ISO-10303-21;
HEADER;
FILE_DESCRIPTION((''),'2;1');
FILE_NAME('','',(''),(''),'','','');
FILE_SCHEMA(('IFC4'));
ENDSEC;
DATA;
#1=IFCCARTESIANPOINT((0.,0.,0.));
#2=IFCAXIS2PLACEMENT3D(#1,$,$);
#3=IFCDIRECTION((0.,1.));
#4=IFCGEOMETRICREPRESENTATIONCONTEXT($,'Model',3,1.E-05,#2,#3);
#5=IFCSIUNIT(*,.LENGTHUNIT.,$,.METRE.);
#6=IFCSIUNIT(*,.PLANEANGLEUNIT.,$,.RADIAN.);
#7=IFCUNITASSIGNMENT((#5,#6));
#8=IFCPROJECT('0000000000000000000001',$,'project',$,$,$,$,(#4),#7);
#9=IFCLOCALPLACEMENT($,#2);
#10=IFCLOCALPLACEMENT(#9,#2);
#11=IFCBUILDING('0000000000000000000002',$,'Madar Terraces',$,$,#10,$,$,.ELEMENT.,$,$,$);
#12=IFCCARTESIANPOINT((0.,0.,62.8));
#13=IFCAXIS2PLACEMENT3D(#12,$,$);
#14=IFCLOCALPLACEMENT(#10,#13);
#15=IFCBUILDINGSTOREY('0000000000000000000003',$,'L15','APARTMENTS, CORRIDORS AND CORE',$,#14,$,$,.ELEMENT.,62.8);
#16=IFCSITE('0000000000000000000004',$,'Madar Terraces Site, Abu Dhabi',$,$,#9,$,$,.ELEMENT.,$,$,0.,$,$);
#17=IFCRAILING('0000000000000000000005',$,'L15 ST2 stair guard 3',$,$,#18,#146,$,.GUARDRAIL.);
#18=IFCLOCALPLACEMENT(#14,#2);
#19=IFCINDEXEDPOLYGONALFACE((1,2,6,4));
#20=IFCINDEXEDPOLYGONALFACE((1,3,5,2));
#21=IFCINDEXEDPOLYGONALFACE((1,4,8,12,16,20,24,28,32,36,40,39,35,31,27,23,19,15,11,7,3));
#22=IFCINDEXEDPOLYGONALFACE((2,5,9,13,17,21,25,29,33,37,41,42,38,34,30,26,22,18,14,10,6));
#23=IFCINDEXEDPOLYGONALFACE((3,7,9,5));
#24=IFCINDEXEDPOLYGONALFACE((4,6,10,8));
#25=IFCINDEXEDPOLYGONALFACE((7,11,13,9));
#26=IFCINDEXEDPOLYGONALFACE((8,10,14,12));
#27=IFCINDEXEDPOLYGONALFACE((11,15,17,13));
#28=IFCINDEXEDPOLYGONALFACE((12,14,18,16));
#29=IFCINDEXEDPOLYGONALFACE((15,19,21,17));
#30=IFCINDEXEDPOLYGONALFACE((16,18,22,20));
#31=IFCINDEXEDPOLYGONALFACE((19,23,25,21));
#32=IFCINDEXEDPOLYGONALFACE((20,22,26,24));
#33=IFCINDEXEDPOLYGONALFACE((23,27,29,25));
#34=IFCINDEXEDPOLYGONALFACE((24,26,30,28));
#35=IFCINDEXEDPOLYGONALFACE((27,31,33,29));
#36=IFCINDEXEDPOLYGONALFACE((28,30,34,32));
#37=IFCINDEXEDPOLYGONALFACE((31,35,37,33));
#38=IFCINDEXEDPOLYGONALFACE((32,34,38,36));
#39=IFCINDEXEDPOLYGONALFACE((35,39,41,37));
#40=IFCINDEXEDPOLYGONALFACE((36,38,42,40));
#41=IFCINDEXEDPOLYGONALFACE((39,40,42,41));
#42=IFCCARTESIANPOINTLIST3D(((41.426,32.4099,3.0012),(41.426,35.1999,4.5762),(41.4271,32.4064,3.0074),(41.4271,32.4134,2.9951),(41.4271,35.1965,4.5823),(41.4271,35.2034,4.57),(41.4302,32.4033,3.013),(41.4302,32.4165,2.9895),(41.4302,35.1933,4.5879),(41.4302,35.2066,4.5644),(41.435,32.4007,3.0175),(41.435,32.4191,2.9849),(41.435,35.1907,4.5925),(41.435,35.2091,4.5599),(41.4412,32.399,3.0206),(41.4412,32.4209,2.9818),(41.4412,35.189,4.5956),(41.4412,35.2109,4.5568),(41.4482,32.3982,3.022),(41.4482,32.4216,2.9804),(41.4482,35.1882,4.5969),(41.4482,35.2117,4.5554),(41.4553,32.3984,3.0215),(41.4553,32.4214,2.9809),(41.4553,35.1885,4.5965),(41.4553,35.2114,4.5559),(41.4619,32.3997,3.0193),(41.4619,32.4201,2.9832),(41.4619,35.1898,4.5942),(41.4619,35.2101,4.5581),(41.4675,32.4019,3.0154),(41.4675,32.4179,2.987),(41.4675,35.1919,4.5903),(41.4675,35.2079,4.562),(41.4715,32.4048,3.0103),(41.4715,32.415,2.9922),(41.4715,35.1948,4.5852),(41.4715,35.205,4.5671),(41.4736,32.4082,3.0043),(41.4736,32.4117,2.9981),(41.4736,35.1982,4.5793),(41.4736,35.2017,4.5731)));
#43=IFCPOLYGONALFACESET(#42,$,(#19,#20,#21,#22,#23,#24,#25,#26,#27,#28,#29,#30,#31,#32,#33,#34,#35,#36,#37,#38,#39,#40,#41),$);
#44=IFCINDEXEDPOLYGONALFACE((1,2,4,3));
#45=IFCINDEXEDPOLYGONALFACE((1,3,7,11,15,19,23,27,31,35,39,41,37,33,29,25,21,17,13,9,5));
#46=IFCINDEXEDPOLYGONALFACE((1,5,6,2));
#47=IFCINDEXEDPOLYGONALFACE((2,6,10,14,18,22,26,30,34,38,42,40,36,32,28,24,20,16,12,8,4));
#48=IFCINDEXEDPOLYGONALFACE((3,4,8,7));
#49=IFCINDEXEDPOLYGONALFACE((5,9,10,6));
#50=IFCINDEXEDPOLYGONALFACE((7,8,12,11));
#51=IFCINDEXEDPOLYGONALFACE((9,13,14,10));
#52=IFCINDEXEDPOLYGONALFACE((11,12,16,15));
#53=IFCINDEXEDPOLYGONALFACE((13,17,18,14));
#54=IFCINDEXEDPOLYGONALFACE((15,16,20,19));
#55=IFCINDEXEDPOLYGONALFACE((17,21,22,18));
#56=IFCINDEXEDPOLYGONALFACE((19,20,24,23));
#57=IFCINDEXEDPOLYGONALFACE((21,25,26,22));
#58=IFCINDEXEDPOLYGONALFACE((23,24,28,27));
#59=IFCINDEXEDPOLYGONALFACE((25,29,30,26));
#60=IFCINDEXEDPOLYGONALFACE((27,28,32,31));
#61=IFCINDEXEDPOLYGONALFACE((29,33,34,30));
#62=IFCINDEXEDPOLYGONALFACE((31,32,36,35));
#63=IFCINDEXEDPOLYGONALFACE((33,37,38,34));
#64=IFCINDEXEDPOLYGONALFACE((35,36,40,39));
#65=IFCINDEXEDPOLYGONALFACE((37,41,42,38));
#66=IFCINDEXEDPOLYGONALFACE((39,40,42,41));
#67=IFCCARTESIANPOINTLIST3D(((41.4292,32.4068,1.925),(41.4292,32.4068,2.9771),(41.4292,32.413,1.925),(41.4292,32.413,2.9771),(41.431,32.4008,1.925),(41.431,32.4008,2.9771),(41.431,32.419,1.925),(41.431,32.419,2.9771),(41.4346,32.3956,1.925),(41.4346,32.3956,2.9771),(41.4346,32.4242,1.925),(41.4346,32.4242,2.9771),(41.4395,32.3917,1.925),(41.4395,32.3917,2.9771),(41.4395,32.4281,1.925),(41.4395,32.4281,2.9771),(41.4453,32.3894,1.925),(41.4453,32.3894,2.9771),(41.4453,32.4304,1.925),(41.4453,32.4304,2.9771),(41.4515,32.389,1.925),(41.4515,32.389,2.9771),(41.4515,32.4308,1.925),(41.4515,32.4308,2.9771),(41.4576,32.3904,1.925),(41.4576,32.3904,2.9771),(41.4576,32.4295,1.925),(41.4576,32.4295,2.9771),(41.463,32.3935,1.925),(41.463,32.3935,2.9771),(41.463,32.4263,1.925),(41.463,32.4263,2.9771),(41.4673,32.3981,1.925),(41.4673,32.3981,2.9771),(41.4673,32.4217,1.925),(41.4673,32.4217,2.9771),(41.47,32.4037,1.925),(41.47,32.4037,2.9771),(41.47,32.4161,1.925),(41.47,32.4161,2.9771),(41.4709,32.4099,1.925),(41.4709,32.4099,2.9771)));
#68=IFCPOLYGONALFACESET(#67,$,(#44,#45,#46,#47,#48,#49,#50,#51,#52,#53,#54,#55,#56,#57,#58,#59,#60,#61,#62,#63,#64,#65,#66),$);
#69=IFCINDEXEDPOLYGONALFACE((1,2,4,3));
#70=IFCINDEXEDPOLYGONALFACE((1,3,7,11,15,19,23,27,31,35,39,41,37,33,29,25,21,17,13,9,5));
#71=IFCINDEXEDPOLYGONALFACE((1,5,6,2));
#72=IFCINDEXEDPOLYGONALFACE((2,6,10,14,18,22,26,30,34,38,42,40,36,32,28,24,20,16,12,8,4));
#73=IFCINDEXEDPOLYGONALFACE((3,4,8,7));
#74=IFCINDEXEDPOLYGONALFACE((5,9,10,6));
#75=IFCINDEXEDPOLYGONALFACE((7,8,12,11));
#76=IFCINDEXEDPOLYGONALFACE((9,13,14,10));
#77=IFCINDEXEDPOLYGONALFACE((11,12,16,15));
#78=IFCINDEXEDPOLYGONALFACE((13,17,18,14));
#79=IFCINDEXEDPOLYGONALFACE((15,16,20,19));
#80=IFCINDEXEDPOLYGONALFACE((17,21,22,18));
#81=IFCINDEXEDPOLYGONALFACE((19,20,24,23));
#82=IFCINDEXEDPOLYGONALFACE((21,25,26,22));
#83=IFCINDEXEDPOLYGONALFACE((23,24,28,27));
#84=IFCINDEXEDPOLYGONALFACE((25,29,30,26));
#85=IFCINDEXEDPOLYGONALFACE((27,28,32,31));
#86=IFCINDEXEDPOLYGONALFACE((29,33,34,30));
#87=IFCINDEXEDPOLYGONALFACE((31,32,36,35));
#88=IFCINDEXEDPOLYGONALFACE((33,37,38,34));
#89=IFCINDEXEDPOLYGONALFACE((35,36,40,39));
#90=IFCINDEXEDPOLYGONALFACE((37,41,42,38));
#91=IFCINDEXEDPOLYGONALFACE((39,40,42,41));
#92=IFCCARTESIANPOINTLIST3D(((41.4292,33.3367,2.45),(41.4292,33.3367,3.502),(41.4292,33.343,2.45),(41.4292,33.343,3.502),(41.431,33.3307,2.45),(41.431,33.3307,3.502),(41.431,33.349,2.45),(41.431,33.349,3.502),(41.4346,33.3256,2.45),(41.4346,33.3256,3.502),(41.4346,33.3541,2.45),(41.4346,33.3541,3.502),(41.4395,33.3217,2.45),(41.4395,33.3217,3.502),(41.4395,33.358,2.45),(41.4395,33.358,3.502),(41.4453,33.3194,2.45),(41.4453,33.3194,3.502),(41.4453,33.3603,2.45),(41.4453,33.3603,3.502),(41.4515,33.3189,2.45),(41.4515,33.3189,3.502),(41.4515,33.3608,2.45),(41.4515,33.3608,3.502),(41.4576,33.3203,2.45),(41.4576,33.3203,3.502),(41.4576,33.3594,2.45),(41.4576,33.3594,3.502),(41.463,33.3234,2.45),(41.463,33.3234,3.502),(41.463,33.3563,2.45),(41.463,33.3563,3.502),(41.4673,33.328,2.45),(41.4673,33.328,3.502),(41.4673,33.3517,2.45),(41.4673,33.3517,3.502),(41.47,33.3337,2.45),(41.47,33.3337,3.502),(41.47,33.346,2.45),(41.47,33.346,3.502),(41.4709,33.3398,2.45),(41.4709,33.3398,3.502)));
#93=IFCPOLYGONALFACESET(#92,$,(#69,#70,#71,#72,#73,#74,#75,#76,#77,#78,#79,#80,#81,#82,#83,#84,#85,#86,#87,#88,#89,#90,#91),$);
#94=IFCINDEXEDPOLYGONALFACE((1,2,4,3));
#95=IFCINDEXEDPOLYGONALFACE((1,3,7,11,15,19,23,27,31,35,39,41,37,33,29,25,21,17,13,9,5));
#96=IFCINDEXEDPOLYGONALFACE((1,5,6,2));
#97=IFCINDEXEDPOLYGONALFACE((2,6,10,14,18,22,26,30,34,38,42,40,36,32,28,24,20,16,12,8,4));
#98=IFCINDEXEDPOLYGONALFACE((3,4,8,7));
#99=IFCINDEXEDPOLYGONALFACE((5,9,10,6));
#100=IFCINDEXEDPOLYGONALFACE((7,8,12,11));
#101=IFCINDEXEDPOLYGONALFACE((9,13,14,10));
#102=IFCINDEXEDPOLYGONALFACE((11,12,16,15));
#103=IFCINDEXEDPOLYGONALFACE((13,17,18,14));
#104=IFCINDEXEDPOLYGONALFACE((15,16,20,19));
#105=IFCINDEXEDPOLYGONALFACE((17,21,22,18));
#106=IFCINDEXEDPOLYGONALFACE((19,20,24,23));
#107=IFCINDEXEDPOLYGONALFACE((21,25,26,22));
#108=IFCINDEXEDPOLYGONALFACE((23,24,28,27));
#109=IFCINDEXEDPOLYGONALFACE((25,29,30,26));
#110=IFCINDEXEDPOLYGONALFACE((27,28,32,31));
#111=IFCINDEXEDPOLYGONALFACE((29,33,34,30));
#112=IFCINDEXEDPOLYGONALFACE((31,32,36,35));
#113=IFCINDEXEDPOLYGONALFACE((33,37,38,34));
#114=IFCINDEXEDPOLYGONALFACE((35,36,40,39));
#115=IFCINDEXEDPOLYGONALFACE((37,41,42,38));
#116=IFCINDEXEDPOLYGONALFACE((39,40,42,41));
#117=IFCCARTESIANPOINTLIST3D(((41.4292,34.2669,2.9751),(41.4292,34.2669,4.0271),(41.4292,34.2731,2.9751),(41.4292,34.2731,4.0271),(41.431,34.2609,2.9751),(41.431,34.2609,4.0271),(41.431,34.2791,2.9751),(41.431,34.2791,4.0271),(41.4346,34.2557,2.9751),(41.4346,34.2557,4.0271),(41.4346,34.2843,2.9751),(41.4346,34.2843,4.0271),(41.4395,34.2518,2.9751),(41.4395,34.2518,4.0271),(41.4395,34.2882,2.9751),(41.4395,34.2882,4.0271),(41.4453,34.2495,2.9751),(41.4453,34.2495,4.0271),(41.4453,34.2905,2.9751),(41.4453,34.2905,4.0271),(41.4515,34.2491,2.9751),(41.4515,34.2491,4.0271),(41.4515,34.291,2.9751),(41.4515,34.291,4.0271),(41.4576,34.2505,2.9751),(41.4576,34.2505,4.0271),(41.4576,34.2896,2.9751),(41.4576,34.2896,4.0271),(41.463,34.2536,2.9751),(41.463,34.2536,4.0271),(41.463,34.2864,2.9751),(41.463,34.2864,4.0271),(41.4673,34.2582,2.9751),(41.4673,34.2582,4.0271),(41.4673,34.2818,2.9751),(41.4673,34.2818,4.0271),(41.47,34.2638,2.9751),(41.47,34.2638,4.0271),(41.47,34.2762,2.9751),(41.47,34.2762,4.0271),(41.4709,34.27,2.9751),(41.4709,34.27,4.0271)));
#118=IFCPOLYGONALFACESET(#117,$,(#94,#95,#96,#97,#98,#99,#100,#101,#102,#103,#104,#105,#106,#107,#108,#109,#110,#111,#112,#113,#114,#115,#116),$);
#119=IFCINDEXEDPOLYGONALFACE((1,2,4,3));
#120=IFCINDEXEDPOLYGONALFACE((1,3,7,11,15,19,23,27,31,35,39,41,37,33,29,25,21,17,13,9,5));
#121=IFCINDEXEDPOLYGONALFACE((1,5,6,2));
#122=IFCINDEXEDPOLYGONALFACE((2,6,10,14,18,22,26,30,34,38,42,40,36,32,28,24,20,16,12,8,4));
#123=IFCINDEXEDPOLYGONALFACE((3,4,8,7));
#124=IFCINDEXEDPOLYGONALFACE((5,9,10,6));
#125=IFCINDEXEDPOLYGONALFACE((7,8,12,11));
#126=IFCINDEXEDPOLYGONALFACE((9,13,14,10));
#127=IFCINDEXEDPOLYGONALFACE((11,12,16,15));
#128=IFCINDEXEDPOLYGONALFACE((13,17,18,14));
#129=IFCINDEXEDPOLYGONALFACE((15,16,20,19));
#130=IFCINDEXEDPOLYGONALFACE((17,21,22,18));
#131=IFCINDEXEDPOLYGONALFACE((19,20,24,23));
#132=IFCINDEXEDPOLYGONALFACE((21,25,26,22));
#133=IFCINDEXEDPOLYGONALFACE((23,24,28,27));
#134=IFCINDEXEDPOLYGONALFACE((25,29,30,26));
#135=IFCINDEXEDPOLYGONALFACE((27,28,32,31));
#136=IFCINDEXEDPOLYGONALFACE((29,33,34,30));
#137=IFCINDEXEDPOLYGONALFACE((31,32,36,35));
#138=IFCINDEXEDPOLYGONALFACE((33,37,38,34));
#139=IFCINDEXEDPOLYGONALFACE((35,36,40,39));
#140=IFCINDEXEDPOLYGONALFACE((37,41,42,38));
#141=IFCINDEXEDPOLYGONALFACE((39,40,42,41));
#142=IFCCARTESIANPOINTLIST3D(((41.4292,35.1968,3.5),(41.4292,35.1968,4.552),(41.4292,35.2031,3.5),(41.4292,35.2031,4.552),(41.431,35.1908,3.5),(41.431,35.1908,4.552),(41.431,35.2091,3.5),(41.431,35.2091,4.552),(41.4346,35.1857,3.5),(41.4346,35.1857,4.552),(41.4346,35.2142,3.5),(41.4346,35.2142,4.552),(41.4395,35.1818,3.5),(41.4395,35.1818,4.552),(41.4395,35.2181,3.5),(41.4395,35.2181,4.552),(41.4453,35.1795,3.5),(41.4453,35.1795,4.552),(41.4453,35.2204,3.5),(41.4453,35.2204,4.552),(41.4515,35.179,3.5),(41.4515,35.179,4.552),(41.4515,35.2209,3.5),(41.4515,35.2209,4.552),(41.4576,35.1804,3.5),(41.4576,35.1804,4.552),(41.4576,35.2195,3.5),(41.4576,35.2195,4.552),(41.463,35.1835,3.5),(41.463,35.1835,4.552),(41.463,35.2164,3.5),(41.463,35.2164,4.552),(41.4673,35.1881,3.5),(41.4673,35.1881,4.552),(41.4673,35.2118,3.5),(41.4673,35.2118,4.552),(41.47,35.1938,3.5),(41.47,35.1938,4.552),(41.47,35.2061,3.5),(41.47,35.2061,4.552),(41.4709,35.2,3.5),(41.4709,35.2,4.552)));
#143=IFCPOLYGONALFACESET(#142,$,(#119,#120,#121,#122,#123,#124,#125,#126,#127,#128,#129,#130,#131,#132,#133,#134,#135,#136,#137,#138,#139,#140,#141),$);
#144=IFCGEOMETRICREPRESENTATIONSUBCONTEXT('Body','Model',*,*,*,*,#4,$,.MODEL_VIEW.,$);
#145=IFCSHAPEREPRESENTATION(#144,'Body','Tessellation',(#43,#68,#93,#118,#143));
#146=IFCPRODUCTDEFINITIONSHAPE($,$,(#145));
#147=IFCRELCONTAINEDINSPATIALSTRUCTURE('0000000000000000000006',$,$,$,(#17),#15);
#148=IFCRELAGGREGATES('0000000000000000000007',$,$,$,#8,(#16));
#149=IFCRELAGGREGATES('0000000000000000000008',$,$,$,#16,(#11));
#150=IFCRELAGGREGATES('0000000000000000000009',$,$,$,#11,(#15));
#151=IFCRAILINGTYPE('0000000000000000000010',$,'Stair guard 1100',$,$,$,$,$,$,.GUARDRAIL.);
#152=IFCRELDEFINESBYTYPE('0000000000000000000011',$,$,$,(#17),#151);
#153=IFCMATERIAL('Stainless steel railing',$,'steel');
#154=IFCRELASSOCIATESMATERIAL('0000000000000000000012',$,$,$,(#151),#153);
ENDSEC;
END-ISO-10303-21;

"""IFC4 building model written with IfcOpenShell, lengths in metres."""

from ifc_helpers import new_model, si_unit, direction, frame, origin, origin_2d, place, context, subcontext, project, spatial, circle, extrude, material, type_object, element, save


model = new_model("IFC4")

# Units and contexts
model_context = context("Model", 3, precision=1e-05, world=origin(), true_north=direction((0.0, 1.0)))
body_context = subcontext(model_context, "Body", "Model", "MODEL_VIEW")
ifc_project = project(units=[si_unit("LENGTHUNIT", "METRE"), si_unit("PLANEANGLEUNIT", "RADIAN")], contexts=[model_context])

# Site, building, storey
site_placement = place(None, origin())
site = spatial("IfcSite", under=ifc_project, at=site_placement, Name="Madar Terraces Site, Abu Dhabi", CompositionType="ELEMENT", RefElevation=0.0)
building_placement = place(site_placement, origin())
building = spatial("IfcBuilding", under=site, at=building_placement, Name="Madar Terraces", CompositionType="ELEMENT")
storey_placement = place(building_placement, frame((0.0, 0.0, 62.8)))
storey = spatial("IfcBuildingStorey", under=building, at=storey_placement, Name="L15", Description="APARTMENTS, CORRIDORS AND CORE", CompositionType="ELEMENT", Elevation=62.8)

# Railing
ifc_material_1 = material(Name="Stainless steel railing", Category="steel")
railing_type_1 = type_object("IfcRailingType", Name="Stair guard 1100", PredefinedType="GUARDRAIL", material=ifc_material_1)
railing_1_placement = place(storey_placement, frame((41.45, 32.4099, 1.925)))
element("IfcRailing", 1, at=railing_1_placement, inside=storey, type_object=railing_type_1, Name="L15 ST2 stair guard 3", PredefinedType="GUARDRAIL", context=body_context, shape_type="SweptSolid", body=[
    extrude(circle(Radius=0.0239, at=origin_2d()), frame((0.0, 0.0, 1.0762), z_axis=(0.0, 0.870834, 0.491578), x_axis=(-1.0, 0.0, 0.0)), (0.0, 0.0, 1.0), 3.2039),
    extrude(circle(Radius=0.021, at=origin_2d()), origin(), (0.0, 0.0, 1.0), 1.052),
    extrude(circle(Radius=0.021, at=origin_2d()), frame((0.0, 0.9299, 0.5249)), (0.0, 0.0, 1.0), 1.052),
    extrude(circle(Radius=0.021, at=origin_2d()), frame((0.0, 1.8601, 1.05)), (0.0, 0.0, 1.0), 1.052),
    extrude(circle(Radius=0.021, at=origin_2d()), frame((0.0, 2.79, 1.575)), (0.0, 0.0, 1.0), 1.052),
])

save(model, "model.ifc")
